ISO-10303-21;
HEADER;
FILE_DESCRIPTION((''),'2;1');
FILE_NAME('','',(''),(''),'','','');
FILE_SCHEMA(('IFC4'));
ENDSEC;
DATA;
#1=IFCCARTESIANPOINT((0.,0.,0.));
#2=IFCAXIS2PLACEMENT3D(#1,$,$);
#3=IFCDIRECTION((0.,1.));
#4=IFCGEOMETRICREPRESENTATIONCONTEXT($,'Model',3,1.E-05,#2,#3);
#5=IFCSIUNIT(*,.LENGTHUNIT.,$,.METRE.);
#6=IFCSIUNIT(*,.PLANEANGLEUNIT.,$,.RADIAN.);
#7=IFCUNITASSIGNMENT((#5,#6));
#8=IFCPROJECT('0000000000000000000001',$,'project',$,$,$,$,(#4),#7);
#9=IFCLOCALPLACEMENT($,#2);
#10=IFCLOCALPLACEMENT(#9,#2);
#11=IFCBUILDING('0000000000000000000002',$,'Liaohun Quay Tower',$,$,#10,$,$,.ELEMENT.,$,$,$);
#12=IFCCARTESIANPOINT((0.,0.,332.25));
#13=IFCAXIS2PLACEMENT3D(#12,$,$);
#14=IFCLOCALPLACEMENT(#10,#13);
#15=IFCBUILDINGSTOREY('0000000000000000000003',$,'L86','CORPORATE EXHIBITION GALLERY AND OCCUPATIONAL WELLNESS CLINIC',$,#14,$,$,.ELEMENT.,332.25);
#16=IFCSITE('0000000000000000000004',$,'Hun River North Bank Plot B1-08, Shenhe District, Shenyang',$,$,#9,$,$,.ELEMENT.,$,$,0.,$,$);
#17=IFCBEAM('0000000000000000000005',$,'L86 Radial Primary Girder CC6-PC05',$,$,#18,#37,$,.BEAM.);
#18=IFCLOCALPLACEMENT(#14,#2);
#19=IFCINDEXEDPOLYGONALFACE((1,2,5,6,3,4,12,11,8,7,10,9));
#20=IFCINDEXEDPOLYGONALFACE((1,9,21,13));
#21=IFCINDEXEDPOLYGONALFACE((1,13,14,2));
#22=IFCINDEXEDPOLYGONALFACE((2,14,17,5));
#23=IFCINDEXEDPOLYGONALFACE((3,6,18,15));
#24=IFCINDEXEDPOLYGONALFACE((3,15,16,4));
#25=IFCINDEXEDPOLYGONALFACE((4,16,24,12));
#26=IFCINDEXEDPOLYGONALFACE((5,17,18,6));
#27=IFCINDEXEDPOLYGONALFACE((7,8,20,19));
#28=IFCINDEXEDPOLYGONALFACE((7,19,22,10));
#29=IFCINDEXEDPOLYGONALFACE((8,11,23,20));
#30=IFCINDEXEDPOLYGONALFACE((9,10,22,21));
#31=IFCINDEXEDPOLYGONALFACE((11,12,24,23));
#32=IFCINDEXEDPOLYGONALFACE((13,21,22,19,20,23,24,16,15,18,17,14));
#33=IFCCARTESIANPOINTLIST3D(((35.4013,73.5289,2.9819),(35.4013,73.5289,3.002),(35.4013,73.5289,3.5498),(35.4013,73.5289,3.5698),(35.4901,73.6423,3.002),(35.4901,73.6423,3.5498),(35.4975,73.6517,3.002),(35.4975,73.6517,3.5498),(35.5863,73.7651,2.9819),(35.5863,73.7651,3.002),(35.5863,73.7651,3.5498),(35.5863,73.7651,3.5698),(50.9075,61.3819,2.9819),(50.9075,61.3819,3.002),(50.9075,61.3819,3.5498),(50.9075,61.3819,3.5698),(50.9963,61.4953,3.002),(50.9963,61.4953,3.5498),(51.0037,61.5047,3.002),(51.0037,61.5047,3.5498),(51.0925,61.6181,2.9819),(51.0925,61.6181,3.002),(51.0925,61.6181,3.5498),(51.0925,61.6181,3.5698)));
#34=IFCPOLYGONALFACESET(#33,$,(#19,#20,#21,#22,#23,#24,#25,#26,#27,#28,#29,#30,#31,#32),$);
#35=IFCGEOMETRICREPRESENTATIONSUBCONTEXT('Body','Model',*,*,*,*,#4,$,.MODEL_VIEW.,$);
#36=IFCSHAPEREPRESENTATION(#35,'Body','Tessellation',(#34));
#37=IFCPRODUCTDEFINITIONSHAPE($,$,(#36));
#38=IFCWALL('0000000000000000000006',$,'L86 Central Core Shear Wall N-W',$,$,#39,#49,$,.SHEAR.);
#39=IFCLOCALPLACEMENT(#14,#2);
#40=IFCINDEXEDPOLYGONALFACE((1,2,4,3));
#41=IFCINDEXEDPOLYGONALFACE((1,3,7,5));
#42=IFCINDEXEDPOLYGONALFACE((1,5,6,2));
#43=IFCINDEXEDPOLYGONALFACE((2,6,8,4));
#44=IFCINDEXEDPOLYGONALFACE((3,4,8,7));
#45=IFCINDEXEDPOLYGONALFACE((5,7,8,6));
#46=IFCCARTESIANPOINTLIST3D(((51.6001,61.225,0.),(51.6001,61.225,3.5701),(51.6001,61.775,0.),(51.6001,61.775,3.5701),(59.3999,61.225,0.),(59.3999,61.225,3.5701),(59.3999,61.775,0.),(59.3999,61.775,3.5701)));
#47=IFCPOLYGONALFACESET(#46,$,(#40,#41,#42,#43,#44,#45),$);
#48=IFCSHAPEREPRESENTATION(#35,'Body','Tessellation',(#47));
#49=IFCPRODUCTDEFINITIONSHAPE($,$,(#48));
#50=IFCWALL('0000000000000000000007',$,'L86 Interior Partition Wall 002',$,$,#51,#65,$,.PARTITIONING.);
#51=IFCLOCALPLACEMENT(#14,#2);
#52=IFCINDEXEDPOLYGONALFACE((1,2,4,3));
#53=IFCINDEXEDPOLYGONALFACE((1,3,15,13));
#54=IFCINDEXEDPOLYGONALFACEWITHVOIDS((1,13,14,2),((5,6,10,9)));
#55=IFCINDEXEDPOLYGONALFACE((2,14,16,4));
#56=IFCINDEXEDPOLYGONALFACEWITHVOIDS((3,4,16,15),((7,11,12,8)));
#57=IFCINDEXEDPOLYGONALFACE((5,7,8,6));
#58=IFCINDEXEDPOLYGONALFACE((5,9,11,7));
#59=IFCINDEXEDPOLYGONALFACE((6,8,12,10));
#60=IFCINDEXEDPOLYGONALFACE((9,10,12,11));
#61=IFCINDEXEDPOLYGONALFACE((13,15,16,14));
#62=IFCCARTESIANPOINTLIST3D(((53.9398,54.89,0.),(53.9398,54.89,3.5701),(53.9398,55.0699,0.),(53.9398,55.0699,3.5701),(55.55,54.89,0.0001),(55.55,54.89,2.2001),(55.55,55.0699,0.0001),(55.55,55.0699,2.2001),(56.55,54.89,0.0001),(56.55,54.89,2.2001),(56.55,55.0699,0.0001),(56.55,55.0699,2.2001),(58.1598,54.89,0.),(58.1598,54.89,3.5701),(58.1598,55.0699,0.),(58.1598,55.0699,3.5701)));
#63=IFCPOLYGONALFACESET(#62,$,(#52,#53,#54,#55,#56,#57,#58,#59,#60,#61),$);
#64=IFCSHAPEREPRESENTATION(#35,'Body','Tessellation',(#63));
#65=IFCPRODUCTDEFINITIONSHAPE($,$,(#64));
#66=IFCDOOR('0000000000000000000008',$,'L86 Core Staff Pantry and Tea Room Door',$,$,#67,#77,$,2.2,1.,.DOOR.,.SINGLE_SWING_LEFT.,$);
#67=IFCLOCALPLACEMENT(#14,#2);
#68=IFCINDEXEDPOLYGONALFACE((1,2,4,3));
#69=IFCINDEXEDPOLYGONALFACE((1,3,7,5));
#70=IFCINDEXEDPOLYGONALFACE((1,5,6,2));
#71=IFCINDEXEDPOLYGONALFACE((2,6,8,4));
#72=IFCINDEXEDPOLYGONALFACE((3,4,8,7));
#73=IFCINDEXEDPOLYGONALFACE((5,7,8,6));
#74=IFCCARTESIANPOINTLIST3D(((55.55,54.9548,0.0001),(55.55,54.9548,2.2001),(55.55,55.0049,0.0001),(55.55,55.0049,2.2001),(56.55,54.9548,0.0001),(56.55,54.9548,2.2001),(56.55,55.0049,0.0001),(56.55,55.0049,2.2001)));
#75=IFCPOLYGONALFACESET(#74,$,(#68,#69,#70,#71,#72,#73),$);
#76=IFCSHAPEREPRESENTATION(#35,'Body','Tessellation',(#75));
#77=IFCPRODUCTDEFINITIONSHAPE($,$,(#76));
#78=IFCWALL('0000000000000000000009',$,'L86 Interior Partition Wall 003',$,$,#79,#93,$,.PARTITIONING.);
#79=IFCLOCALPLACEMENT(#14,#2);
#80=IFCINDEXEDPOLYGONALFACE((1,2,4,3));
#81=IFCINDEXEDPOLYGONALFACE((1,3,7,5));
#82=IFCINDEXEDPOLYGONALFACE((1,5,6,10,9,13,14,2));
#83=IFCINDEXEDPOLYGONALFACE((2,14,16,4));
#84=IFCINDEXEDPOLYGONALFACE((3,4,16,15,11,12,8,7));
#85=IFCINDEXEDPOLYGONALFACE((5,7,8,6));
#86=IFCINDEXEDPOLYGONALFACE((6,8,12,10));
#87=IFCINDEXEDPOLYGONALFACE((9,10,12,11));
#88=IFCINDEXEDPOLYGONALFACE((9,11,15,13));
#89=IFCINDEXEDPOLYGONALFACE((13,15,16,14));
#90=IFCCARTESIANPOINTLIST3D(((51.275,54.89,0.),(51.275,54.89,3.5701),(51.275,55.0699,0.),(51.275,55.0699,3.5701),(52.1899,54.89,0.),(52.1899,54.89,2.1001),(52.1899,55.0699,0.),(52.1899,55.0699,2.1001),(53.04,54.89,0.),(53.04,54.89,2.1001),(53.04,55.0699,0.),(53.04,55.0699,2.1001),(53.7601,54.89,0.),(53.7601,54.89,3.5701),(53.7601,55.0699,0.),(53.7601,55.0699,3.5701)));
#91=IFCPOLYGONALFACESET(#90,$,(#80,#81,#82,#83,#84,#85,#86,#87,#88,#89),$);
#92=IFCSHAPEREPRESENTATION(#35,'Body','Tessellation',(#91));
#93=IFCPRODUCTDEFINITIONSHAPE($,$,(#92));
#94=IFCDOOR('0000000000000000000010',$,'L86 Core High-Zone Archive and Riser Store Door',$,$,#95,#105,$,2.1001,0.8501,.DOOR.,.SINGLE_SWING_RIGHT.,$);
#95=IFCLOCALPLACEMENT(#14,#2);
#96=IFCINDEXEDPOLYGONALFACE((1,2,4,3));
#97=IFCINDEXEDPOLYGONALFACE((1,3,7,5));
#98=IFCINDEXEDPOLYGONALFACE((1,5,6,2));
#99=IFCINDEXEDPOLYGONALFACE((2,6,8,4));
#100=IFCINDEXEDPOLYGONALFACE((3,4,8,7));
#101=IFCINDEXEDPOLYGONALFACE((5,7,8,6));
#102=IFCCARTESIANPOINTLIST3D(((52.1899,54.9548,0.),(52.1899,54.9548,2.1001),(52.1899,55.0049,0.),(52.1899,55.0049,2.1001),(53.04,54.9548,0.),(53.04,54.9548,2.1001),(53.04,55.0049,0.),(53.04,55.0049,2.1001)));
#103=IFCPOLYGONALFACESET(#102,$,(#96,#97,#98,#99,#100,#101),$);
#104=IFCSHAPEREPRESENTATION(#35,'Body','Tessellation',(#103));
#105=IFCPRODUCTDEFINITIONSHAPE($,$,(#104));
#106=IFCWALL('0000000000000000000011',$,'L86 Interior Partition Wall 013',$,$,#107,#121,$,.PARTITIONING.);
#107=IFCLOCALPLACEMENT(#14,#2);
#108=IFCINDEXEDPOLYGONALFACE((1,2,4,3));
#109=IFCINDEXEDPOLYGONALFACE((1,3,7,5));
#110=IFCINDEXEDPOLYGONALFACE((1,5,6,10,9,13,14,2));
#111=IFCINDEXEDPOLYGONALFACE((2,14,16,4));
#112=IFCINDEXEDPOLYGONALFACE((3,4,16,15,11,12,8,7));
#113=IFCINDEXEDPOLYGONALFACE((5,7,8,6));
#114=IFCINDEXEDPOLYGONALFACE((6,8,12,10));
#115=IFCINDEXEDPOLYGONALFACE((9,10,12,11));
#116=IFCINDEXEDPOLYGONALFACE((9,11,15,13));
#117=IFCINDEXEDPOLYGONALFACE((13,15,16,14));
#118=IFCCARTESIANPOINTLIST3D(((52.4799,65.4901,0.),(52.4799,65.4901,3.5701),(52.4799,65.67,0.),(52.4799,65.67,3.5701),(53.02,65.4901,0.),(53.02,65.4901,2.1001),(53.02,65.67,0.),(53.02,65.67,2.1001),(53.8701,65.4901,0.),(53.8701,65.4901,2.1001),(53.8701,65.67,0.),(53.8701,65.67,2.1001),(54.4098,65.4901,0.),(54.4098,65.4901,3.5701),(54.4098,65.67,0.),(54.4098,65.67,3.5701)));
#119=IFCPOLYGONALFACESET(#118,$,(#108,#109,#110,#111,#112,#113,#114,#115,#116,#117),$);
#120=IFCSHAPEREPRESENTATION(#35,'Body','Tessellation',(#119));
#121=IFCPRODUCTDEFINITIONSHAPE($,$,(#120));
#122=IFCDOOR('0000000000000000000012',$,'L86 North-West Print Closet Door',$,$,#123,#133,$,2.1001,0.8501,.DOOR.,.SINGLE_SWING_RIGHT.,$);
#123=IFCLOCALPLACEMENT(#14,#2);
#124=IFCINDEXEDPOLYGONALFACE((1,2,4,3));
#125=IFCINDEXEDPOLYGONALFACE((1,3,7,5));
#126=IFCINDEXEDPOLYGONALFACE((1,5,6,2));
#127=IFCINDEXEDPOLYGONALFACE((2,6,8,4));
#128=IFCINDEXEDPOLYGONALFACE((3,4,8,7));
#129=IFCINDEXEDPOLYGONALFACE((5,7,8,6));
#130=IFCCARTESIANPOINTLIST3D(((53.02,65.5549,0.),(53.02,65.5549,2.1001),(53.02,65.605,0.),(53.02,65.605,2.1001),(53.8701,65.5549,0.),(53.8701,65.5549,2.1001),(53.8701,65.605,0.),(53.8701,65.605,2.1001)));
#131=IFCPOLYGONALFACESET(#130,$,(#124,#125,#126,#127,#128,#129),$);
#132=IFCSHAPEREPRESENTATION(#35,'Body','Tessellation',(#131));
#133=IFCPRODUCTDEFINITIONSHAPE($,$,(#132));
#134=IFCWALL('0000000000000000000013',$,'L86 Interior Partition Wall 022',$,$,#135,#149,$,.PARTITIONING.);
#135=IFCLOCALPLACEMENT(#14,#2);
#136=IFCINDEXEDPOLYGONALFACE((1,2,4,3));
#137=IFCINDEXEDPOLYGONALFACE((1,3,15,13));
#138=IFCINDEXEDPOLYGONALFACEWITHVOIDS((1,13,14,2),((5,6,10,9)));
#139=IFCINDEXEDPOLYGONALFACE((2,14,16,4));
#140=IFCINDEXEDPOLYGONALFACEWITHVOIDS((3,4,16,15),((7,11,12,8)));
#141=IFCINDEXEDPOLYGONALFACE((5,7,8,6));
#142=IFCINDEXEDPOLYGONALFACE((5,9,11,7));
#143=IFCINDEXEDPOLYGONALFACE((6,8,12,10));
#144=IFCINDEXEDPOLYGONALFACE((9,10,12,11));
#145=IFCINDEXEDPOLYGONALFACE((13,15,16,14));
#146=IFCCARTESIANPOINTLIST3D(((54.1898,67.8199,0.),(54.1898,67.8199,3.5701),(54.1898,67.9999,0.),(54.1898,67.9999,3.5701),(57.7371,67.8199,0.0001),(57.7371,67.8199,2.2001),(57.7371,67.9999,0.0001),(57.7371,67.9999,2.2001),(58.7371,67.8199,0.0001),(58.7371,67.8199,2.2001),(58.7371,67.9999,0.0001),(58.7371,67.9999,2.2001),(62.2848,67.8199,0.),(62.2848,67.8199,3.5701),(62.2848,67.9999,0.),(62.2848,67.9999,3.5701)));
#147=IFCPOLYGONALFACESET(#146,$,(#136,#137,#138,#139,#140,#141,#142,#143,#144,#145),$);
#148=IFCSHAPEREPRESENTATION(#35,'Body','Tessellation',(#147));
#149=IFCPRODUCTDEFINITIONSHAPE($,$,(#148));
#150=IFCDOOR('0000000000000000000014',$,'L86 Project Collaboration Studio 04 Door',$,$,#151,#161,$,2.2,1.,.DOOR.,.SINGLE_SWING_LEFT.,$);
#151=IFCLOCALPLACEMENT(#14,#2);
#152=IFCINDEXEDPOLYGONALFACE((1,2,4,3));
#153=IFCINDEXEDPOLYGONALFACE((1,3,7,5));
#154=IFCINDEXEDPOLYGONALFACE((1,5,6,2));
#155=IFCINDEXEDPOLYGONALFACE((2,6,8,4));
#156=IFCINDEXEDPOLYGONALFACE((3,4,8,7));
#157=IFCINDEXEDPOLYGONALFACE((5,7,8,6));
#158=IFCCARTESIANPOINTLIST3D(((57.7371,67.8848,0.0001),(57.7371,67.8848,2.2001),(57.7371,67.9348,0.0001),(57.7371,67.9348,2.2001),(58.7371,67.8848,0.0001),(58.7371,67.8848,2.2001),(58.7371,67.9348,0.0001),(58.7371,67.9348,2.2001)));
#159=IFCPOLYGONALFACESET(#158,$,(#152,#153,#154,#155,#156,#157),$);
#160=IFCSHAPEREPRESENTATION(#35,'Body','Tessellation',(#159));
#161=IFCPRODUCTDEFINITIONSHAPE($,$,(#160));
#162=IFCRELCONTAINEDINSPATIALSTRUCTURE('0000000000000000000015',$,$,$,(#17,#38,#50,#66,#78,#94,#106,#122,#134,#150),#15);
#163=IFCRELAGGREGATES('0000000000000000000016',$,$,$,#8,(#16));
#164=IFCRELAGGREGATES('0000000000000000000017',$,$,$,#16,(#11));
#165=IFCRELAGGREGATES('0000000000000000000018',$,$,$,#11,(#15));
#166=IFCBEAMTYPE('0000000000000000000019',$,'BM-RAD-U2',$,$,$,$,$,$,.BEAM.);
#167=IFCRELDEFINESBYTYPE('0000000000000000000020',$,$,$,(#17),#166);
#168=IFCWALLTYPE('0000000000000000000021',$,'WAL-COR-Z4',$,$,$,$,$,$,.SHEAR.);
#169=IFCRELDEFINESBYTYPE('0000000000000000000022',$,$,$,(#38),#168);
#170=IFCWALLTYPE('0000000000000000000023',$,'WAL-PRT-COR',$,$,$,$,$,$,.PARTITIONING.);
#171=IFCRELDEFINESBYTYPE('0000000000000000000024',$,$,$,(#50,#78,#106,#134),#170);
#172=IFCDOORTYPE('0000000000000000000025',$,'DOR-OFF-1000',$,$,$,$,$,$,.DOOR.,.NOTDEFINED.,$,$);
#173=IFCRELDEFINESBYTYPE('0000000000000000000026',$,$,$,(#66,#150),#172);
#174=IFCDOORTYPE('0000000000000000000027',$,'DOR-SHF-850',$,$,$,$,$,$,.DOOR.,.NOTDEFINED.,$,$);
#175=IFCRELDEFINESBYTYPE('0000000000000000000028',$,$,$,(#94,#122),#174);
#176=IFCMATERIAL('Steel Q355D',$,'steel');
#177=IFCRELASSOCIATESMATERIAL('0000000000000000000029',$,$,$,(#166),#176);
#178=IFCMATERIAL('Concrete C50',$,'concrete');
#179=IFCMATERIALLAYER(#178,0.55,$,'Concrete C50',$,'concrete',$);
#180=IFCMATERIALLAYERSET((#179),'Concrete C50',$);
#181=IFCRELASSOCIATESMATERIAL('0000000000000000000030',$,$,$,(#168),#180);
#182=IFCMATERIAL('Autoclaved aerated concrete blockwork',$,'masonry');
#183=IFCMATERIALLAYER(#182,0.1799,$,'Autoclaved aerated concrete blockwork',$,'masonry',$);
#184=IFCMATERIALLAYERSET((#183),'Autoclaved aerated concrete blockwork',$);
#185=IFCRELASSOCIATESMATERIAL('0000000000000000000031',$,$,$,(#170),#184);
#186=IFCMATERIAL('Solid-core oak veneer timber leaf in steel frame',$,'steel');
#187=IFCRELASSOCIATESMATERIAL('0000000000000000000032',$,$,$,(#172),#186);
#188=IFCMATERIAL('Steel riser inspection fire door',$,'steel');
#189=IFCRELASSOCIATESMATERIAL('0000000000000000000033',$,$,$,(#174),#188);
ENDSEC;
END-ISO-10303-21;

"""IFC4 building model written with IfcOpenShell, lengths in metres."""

from ifc_helpers import new_model, si_unit, direction, frame, frame_2d, origin, origin_2d, place, context, subcontext, project, spatial, rectangle, i_section, extrude, source, transform, mapped, material, layer, layer_set, material_profile, profile_set, type_object, element, fill, save


model = new_model("IFC4")

# Units and contexts
model_context = context("Model", 3, precision=1e-05, world=origin(), true_north=direction((0.0, 1.0)))
body_context = subcontext(model_context, "Body", "Model", "MODEL_VIEW")
ifc_project = project(units=[si_unit("LENGTHUNIT", "METRE"), si_unit("PLANEANGLEUNIT", "RADIAN")], contexts=[model_context])

# Site, building, storey
site_placement = place(None, origin())
site = spatial("IfcSite", under=ifc_project, at=site_placement, Name="Hun River North Bank Plot B1-08, Shenhe District, Shenyang", CompositionType="ELEMENT", RefElevation=0.0)
building_placement = place(site_placement, origin())
building = spatial("IfcBuilding", under=site, at=building_placement, Name="Liaohun Quay Tower", CompositionType="ELEMENT")
storey_placement = place(building_placement, frame((0.0, 0.0, 332.25)))
storey = spatial("IfcBuildingStorey", under=building, at=storey_placement, Name="L86", Description="CORPORATE EXHIBITION GALLERY AND OCCUPATIONAL WELLNESS CLINIC", CompositionType="ELEMENT", Elevation=332.25)

# Beam
ifc_material_1 = material(Name="Steel Q355D", Category="steel")
ifc_material_profile = material_profile(ifc_material_1, i_section(OverallWidth=0.3, OverallDepth=0.5879, WebThickness=0.012, FlangeThickness=0.02, at=origin_2d()), Name="HM588x300x12x20")
ifc_profile_set = profile_set([ifc_material_profile], Name="Steel Q355D")
beam_type = type_object("IfcBeamType", Name="BM-RAD-U2", PredefinedType="BEAM", material=ifc_profile_set)
shared_shape_1 = source(origin(), body_context, "Body", "SweptSolid", [
    extrude(i_section(OverallWidth=0.3, OverallDepth=0.5879, WebThickness=0.012, FlangeThickness=0.02, at=origin_2d()), origin(), (0.0, 0.0, 1.0), 19.6975),
])
beam_placement = place(storey_placement, frame((51.0, 61.5, 3.2759), z_axis=(-0.787215, 0.616678, 0.0), x_axis=(-0.616678, -0.787215, 0.0)))
element("IfcBeam", 1, at=beam_placement, inside=storey, type_object=beam_type, Name="L86 Radial Primary Girder CC6-PC05", PredefinedType="BEAM", context=body_context, shape_type="MappedRepresentation", body=[
    mapped(shared_shape_1, transform((0.0, 0.0, 0.0), x_axis=(1.0, 0.0, 0.0), y_axis=(0.0, 1.0, 0.0), z_axis=(0.0, 0.0, 1.0), scale=1.0)),
])

# Wall
ifc_material_2 = material(Name="Concrete C50", Category="concrete")
ifc_layer_1 = layer(ifc_material_2, 0.55, Name="Concrete C50", Category="concrete")
ifc_layer_set_1 = layer_set([ifc_layer_1], Name="Concrete C50")
wall_type_1 = type_object("IfcWallType", Name="WAL-COR-Z4", PredefinedType="SHEAR", material=ifc_layer_set_1)
wall_1_placement = place(storey_placement, frame((51.6001, 61.5, 0.0), z_axis=(0.0, 0.0, 1.0), x_axis=(1.0, 0.0, 0.0)))
element("IfcWall", 2, at=wall_1_placement, inside=storey, type_object=wall_type_1, Name="L86 Central Core Shear Wall N-W", PredefinedType="SHEAR", context=body_context, shape_type="SweptSolid", body=[
    extrude(rectangle(XDim=7.7998, YDim=0.55, at=frame_2d((3.8999, 0.0))), origin(), (0.0, 0.0, 1.0), 3.5701),
])

# Walls, openings, doors
ifc_material_3 = material(Name="Autoclaved aerated concrete blockwork", Category="masonry")
ifc_layer_2 = layer(ifc_material_3, 0.1799, Name="Autoclaved aerated concrete blockwork", Category="masonry")
ifc_layer_set_2 = layer_set([ifc_layer_2], Name="Autoclaved aerated concrete blockwork")
wall_type_2 = type_object("IfcWallType", Name="WAL-PRT-COR", PredefinedType="PARTITIONING", material=ifc_layer_set_2)
wall_2_placement = place(storey_placement, frame((53.9399, 54.98, 0.0), z_axis=(0.0, 0.0, 1.0), x_axis=(1.0, 0.0, 0.0)))
wall_2 = element("IfcWall", 3, at=wall_2_placement, inside=storey, type_object=wall_type_2, Name="L86 Interior Partition Wall 002", PredefinedType="PARTITIONING", context=body_context, shape_type="SweptSolid", body=[
    extrude(rectangle(XDim=4.22, YDim=0.1799, at=frame_2d((2.1099, 0.0))), origin(), (0.0, 0.0, 1.0), 3.5701),
])
shared_shape_2 = source(origin(), body_context, "Body", "SweptSolid", [
    extrude(rectangle(XDim=1.0, YDim=2.2, at=frame_2d((0.5, 1.1001))), frame((0.0, 0.0999, 0.0), z_axis=(0.0, -1.0, 0.0), x_axis=(1.0, 0.0, 0.0)), (0.0, 0.0, 1.0), 0.2),
])
opening_1_placement = place(wall_2_placement, frame((1.6101, 0.0, 0.0)))
opening_1 = element("IfcOpeningElement", 4, at=opening_1_placement, cuts=wall_2, PredefinedType="OPENING", context=body_context, shape_type="MappedRepresentation", body=[
    mapped(shared_shape_2, transform((0.0, 0.0, 0.0), x_axis=(1.0, 0.0, 0.0), y_axis=(0.0, 1.0, 0.0), z_axis=(0.0, 0.0, 1.0), scale=1.0)),
])
ifc_material_4 = material(Name="Solid-core oak veneer timber leaf in steel frame", Category="steel")
door_type_1 = type_object("IfcDoorType", Name="DOR-OFF-1000", OperationType="NOTDEFINED", PredefinedType="DOOR", material=ifc_material_4)
shared_shape_3 = source(origin(), body_context, "Body", "SweptSolid", [
    extrude(rectangle(XDim=1.0, YDim=2.2, at=frame_2d((0.5, 1.1001))), frame((0.0, 0.0249, 0.0), z_axis=(0.0, -1.0, 0.0), x_axis=(1.0, 0.0, 0.0)), (0.0, 0.0, 1.0), 0.05),
])
door_1_placement = place(opening_1_placement, origin())
door_1 = element("IfcDoor", 5, at=door_1_placement, inside=storey, type_object=door_type_1, Name="L86 Core Staff Pantry and Tea Room Door", OperationType="SINGLE_SWING_LEFT", OverallHeight=2.2, OverallWidth=1.0, PredefinedType="DOOR", context=body_context, shape_type="MappedRepresentation", body=[
    mapped(shared_shape_3, transform((0.0, 0.0, 0.0), x_axis=(1.0, 0.0, 0.0), y_axis=(0.0, 1.0, 0.0), z_axis=(0.0, 0.0, 1.0), scale=1.0)),
])
fill(opening_1, door_1)
wall_3_placement = place(storey_placement, frame((51.2749, 54.98, 0.0), z_axis=(0.0, 0.0, 1.0), x_axis=(1.0, 0.0, 0.0)))
wall_3 = element("IfcWall", 6, at=wall_3_placement, inside=storey, type_object=wall_type_2, Name="L86 Interior Partition Wall 003", PredefinedType="PARTITIONING", context=body_context, shape_type="SweptSolid", body=[
    extrude(rectangle(XDim=2.4851, YDim=0.1799, at=frame_2d((1.2427, 0.0))), origin(), (0.0, 0.0, 1.0), 3.5701),
])
shared_shape_4 = source(origin(), body_context, "Body", "SweptSolid", [
    extrude(rectangle(XDim=0.8501, YDim=2.1001, at=frame_2d((0.425, 1.05))), frame((0.0, 0.0999, 0.0), z_axis=(0.0, -1.0, 0.0), x_axis=(1.0, 0.0, 0.0)), (0.0, 0.0, 1.0), 0.2),
])
opening_2_placement = place(wall_3_placement, frame((0.915, 0.0, 0.0)))
opening_2 = element("IfcOpeningElement", 7, at=opening_2_placement, cuts=wall_3, PredefinedType="OPENING", context=body_context, shape_type="MappedRepresentation", body=[
    mapped(shared_shape_4, transform((0.0, 0.0, 0.0), x_axis=(1.0, 0.0, 0.0), y_axis=(0.0, 1.0, 0.0), z_axis=(0.0, 0.0, 1.0), scale=1.0)),
])
ifc_material_5 = material(Name="Steel riser inspection fire door", Category="steel")
door_type_2 = type_object("IfcDoorType", Name="DOR-SHF-850", OperationType="NOTDEFINED", PredefinedType="DOOR", material=ifc_material_5)
shared_shape_5 = source(origin(), body_context, "Body", "SweptSolid", [
    extrude(rectangle(XDim=0.8501, YDim=2.1001, at=frame_2d((0.425, 1.05))), frame((0.0, 0.0249, 0.0), z_axis=(0.0, -1.0, 0.0), x_axis=(1.0, 0.0, 0.0)), (0.0, 0.0, 1.0), 0.05),
])
door_2_placement = place(opening_2_placement, origin())
door_2 = element("IfcDoor", 8, at=door_2_placement, inside=storey, type_object=door_type_2, Name="L86 Core High-Zone Archive and Riser Store Door", OperationType="SINGLE_SWING_RIGHT", OverallHeight=2.1001, OverallWidth=0.8501, PredefinedType="DOOR", context=body_context, shape_type="MappedRepresentation", body=[
    mapped(shared_shape_5, transform((0.0, 0.0, 0.0), x_axis=(1.0, 0.0, 0.0), y_axis=(0.0, 1.0, 0.0), z_axis=(0.0, 0.0, 1.0), scale=1.0)),
])
fill(opening_2, door_2)
wall_4_placement = place(storey_placement, frame((52.48, 65.5801, 0.0), z_axis=(0.0, 0.0, 1.0), x_axis=(1.0, 0.0, 0.0)))
wall_4 = element("IfcWall", 9, at=wall_4_placement, inside=storey, type_object=wall_type_2, Name="L86 Interior Partition Wall 013", PredefinedType="PARTITIONING", context=body_context, shape_type="SweptSolid", body=[
    extrude(rectangle(XDim=1.9299, YDim=0.1799, at=frame_2d((0.9648, 0.0))), origin(), (0.0, 0.0, 1.0), 3.5701),
])
opening_3_placement = place(wall_4_placement, frame((0.54, 0.0, 0.0)))
opening_3 = element("IfcOpeningElement", 10, at=opening_3_placement, cuts=wall_4, PredefinedType="OPENING", context=body_context, shape_type="MappedRepresentation", body=[
    mapped(shared_shape_4, transform((0.0, 0.0, 0.0), x_axis=(1.0, 0.0, 0.0), y_axis=(0.0, 1.0, 0.0), z_axis=(0.0, 0.0, 1.0), scale=1.0)),
])
door_3_placement = place(opening_3_placement, origin())
door_3 = element("IfcDoor", 11, at=door_3_placement, inside=storey, type_object=door_type_2, Name="L86 North-West Print Closet Door", OperationType="SINGLE_SWING_RIGHT", OverallHeight=2.1001, OverallWidth=0.8501, PredefinedType="DOOR", context=body_context, shape_type="MappedRepresentation", body=[
    mapped(shared_shape_5, transform((0.0, 0.0, 0.0), x_axis=(1.0, 0.0, 0.0), y_axis=(0.0, 1.0, 0.0), z_axis=(0.0, 0.0, 1.0), scale=1.0)),
])
fill(opening_3, door_3)
wall_5_placement = place(storey_placement, frame((54.1899, 67.9099, 0.0), z_axis=(0.0, 0.0, 1.0), x_axis=(1.0, 0.0, 0.0)))
wall_5 = element("IfcWall", 12, at=wall_5_placement, inside=storey, type_object=wall_type_2, Name="L86 Interior Partition Wall 022", PredefinedType="PARTITIONING", context=body_context, shape_type="SweptSolid", body=[
    extrude(rectangle(XDim=8.095, YDim=0.1799, at=frame_2d((4.0474, 0.0))), origin(), (0.0, 0.0, 1.0), 3.5701),
])
opening_4_placement = place(wall_5_placement, frame((3.5471, 0.0, 0.0)))
opening_4 = element("IfcOpeningElement", 13, at=opening_4_placement, cuts=wall_5, PredefinedType="OPENING", context=body_context, shape_type="MappedRepresentation", body=[
    mapped(shared_shape_2, transform((0.0, 0.0, 0.0), x_axis=(1.0, 0.0, 0.0), y_axis=(0.0, 1.0, 0.0), z_axis=(0.0, 0.0, 1.0), scale=1.0)),
])
door_4_placement = place(opening_4_placement, origin())
door_4 = element("IfcDoor", 14, at=door_4_placement, inside=storey, type_object=door_type_1, Name="L86 Project Collaboration Studio 04 Door", OperationType="SINGLE_SWING_LEFT", OverallHeight=2.2, OverallWidth=1.0, PredefinedType="DOOR", context=body_context, shape_type="MappedRepresentation", body=[
    mapped(shared_shape_3, transform((0.0, 0.0, 0.0), x_axis=(1.0, 0.0, 0.0), y_axis=(0.0, 1.0, 0.0), z_axis=(0.0, 0.0, 1.0), scale=1.0)),
])
fill(opening_4, door_4)

save(model, "model.ifc")
